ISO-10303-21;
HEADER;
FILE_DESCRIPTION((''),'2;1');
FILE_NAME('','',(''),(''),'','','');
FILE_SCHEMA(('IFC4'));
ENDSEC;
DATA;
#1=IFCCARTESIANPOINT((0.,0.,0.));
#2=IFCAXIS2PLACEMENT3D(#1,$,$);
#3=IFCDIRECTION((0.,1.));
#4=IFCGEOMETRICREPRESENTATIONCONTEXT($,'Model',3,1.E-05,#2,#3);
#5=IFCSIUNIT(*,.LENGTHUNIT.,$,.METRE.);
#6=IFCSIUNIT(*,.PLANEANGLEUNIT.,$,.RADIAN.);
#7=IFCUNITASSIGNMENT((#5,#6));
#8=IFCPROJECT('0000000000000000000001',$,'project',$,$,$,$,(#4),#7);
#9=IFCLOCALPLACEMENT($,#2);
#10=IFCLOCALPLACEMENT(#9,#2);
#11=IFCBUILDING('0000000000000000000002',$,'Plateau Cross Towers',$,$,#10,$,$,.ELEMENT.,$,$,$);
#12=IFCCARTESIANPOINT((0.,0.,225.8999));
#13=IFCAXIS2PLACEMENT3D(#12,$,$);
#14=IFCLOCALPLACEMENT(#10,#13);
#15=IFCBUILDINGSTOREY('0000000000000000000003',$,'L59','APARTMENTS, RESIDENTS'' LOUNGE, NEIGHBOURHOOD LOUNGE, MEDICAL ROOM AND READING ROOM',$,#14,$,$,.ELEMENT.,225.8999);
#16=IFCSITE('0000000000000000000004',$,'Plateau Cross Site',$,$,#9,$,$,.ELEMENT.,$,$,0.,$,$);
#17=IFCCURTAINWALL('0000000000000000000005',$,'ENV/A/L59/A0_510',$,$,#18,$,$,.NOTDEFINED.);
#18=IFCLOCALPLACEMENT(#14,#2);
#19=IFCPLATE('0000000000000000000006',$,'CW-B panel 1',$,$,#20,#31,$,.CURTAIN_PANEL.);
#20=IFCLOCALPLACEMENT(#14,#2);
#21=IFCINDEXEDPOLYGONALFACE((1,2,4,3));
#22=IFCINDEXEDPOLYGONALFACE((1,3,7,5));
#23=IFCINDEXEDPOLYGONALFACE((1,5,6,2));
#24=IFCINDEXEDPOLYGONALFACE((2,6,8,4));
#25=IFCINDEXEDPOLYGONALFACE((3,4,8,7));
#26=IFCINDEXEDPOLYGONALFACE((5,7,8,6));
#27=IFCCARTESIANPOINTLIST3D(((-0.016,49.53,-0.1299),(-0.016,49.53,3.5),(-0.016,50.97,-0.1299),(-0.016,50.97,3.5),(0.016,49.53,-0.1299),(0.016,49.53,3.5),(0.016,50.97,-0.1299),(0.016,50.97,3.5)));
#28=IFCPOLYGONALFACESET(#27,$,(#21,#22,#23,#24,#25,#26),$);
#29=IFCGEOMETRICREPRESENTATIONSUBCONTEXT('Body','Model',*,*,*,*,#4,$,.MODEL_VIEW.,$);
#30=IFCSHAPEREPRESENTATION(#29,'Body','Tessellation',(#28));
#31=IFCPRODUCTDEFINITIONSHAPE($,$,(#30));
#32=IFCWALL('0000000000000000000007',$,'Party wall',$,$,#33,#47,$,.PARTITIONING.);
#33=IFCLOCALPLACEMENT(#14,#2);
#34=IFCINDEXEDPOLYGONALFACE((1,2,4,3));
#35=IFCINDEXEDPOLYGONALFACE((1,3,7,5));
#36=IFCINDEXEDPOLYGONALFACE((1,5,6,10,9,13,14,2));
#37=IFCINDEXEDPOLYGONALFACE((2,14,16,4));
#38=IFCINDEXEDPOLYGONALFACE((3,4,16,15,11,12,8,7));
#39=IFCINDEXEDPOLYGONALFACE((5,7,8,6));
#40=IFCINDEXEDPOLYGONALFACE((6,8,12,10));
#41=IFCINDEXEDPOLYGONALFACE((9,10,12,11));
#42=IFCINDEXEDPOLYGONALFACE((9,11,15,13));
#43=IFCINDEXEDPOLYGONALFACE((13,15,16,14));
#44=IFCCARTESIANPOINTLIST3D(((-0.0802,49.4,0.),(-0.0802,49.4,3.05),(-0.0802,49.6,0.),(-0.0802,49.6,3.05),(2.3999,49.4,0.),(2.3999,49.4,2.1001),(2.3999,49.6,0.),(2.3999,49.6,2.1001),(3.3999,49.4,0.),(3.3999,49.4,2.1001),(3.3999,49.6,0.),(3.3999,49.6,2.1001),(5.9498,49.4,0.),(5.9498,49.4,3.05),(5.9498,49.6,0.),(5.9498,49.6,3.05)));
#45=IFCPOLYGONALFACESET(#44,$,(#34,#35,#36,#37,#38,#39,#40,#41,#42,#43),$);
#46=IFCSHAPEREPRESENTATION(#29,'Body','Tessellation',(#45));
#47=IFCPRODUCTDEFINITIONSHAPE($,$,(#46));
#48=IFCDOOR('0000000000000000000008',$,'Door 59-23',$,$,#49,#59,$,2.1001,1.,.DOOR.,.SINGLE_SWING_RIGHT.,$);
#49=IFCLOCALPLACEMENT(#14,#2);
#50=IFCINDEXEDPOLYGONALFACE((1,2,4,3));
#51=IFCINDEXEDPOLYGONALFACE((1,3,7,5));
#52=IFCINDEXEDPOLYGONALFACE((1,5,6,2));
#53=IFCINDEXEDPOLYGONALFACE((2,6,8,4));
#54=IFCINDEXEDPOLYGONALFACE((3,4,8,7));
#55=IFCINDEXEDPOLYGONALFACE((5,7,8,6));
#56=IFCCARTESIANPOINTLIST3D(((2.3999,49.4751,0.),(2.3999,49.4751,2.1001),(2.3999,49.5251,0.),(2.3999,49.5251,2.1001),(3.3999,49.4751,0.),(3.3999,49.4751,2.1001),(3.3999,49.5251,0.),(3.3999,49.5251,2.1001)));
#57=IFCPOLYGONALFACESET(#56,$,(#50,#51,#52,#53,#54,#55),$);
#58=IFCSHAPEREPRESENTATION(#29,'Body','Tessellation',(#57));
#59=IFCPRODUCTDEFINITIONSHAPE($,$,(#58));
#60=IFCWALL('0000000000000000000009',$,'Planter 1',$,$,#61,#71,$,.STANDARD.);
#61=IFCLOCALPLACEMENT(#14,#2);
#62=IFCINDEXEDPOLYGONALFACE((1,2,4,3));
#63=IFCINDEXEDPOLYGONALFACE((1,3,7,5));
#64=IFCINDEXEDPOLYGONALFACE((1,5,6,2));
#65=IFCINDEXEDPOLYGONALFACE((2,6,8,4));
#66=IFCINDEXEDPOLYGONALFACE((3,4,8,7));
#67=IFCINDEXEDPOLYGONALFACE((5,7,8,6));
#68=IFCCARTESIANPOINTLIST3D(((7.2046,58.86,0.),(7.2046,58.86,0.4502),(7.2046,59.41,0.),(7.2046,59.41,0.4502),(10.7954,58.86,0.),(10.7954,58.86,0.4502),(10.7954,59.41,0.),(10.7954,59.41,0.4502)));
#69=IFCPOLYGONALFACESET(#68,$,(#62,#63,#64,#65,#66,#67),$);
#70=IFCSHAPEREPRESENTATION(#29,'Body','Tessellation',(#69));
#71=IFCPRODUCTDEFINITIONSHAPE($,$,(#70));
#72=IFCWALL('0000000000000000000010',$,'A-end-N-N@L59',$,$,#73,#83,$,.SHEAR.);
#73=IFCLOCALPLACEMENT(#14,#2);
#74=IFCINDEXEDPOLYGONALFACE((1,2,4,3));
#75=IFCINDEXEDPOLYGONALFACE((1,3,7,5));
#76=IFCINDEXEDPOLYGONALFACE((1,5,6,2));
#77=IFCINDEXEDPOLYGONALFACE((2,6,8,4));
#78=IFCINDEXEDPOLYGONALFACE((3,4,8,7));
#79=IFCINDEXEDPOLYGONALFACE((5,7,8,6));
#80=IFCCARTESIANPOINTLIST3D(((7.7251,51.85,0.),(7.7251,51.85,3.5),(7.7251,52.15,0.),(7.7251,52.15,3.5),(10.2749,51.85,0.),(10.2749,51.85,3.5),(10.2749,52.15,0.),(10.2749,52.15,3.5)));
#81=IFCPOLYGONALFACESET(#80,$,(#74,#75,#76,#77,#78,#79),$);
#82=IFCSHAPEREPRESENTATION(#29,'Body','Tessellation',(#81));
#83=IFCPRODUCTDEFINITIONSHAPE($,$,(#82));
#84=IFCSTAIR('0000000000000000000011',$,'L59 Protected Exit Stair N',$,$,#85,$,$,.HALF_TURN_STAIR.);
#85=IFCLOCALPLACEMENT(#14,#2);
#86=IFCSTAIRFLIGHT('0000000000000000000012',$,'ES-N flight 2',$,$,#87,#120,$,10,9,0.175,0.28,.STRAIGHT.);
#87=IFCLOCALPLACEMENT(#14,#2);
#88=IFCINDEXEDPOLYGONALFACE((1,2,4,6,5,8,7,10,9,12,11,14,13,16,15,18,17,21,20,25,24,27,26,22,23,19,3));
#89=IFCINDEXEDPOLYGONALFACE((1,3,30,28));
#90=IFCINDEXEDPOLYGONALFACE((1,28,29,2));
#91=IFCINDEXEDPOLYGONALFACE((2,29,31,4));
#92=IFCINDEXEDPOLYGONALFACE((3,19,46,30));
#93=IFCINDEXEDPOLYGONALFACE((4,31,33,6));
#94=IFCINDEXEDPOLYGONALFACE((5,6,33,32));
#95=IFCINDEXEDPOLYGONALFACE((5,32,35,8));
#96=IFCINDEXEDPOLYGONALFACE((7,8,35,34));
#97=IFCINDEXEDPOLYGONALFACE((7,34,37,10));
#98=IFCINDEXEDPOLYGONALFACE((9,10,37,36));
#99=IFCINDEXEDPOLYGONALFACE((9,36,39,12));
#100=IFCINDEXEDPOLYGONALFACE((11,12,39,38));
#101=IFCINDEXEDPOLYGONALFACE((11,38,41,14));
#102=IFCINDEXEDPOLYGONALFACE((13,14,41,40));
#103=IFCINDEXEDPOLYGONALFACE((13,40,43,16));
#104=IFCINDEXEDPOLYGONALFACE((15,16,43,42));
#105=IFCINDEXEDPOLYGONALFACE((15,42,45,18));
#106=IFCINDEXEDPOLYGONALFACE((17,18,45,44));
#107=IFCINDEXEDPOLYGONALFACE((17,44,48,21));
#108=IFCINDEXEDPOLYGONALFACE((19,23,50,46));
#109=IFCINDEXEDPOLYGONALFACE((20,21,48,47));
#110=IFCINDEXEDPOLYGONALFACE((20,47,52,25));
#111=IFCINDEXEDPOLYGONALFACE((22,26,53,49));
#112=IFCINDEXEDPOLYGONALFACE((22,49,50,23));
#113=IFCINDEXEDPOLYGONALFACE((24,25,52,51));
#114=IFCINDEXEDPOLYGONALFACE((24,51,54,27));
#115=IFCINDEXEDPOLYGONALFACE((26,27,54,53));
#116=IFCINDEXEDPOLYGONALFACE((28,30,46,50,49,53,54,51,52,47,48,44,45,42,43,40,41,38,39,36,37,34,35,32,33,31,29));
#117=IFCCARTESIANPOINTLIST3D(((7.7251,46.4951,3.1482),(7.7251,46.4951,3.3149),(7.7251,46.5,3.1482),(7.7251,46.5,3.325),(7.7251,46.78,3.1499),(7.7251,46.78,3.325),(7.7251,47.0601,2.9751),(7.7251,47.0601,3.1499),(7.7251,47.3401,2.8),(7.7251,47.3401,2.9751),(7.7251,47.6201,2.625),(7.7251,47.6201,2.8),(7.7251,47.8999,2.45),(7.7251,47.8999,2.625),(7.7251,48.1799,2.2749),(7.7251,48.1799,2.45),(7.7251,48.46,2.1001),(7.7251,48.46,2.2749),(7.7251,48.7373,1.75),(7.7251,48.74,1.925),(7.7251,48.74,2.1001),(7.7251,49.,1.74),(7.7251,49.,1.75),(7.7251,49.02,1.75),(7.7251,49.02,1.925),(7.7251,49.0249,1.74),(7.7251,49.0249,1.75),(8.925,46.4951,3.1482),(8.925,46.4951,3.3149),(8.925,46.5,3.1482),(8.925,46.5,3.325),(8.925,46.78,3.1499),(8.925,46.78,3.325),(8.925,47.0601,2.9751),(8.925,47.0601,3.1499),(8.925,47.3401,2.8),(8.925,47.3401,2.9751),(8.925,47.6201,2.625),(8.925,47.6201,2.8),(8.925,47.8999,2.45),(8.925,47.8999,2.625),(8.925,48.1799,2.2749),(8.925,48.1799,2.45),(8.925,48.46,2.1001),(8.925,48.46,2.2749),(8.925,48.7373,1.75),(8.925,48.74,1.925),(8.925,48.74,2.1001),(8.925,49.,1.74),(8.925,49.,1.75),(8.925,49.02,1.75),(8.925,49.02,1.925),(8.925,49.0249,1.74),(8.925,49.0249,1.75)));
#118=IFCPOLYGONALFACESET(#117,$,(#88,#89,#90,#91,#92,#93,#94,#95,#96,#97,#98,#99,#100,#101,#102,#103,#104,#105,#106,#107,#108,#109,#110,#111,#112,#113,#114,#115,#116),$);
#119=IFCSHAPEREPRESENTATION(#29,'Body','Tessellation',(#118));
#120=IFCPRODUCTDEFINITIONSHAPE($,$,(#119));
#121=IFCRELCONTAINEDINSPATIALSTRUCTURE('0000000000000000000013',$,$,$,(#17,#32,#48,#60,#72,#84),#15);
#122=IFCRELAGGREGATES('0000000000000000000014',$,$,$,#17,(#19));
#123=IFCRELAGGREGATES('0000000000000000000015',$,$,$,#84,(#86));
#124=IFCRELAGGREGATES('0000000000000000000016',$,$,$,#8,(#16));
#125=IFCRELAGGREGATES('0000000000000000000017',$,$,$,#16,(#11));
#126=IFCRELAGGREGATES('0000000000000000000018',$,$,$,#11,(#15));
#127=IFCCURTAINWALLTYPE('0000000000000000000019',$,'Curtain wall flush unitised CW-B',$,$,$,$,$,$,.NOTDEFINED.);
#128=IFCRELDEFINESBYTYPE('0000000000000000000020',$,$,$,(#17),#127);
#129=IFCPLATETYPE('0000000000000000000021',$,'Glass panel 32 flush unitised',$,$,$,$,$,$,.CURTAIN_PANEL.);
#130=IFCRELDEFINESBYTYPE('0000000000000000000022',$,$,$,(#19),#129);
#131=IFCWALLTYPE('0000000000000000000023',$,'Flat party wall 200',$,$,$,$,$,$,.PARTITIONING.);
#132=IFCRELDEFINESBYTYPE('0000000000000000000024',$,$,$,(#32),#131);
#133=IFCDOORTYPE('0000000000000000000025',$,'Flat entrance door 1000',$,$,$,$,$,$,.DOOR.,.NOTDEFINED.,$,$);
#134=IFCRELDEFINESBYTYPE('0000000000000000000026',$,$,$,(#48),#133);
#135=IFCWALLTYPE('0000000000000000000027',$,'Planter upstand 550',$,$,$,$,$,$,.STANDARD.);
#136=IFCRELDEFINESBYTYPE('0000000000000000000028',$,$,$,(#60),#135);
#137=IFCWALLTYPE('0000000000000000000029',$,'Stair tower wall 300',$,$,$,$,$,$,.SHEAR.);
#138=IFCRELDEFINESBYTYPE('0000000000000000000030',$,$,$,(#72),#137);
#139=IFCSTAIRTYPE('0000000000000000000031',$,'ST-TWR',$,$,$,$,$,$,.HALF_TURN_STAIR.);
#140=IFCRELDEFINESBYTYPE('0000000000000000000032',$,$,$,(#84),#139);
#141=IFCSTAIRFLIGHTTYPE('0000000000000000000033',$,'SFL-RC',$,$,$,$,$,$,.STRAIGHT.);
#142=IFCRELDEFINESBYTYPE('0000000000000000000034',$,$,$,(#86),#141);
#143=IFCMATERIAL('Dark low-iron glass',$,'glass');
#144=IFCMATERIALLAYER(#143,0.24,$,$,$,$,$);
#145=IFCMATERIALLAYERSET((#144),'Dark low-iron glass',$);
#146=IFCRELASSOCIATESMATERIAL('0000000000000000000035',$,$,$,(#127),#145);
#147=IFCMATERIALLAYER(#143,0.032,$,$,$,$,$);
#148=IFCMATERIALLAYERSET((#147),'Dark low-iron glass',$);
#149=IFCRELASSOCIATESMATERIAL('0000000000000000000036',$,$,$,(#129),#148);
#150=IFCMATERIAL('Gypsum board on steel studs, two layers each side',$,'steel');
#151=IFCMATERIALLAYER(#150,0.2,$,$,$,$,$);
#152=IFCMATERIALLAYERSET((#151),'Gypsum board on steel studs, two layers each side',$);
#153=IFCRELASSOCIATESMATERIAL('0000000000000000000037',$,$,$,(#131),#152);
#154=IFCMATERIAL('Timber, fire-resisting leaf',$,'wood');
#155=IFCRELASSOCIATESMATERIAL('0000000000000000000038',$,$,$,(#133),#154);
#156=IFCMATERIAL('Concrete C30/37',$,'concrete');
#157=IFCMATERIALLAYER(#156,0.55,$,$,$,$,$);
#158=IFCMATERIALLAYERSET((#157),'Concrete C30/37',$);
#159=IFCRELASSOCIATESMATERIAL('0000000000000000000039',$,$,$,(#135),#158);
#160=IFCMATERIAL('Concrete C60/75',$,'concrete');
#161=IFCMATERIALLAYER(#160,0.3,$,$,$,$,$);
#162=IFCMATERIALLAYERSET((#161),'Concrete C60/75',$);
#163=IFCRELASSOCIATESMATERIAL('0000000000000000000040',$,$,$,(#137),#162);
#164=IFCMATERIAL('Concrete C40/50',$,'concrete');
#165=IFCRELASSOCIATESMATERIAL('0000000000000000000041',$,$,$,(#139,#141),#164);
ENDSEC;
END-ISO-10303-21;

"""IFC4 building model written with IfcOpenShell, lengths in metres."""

from ifc_helpers import new_model, si_unit, direction, frame, frame_2d, origin, origin_2d, place, context, subcontext, project, spatial, polyline, rectangle, outline, extrude, material, layer, layer_set, type_object, element, fill, aggregate, save


model = new_model("IFC4")

# Units and contexts
model_context = context("Model", 3, precision=1e-05, world=origin(), true_north=direction((0.0, 1.0)))
body_context = subcontext(model_context, "Body", "Model", "MODEL_VIEW")
ifc_project = project(units=[si_unit("LENGTHUNIT", "METRE"), si_unit("PLANEANGLEUNIT", "RADIAN")], contexts=[model_context])

# Site, building, storey
site_placement = place(None, origin())
site = spatial("IfcSite", under=ifc_project, at=site_placement, Name="Plateau Cross Site", CompositionType="ELEMENT", RefElevation=0.0)
building_placement = place(site_placement, origin())
building = spatial("IfcBuilding", under=site, at=building_placement, Name="Plateau Cross Towers", CompositionType="ELEMENT")
storey_placement = place(building_placement, frame((0.0, 0.0, 225.8999)))
storey = spatial("IfcBuildingStorey", under=building, at=storey_placement, Name="L59", Description="APARTMENTS, RESIDENTS' LOUNGE, NEIGHBOURHOOD LOUNGE, MEDICAL ROOM AND READING ROOM", CompositionType="ELEMENT", Elevation=225.8999)

# Shared definitions
ifc_material_1 = material(Name="Concrete C60/75", Category="concrete")

# Shared definitions
ifc_material_2 = material(Name="Dark low-iron glass", Category="glass")
ifc_layer_1 = layer(ifc_material_2, 0.24)
ifc_layer_set_1 = layer_set([ifc_layer_1], Name="Dark low-iron glass")
curtain_wall_type = type_object("IfcCurtainWallType", Name="Curtain wall flush unitised CW-B", PredefinedType="NOTDEFINED", material=ifc_layer_set_1)

# Curtain wall
curtain_wall_1_placement = place(storey_placement, origin())
curtain_wall_1 = element("IfcCurtainWall", 1, at=curtain_wall_1_placement, inside=storey, type_object=curtain_wall_type, Name="ENV/A/L59/A0_510", PredefinedType="NOTDEFINED")

# Plate
ifc_layer_2 = layer(ifc_material_2, 0.032)
ifc_layer_set_2 = layer_set([ifc_layer_2], Name="Dark low-iron glass")
plate_type = type_object("IfcPlateType", Name="Glass panel 32 flush unitised", PredefinedType="CURTAIN_PANEL", material=ifc_layer_set_2)
plate_1_placement = place(storey_placement, frame((0.0, 50.25, -0.1299), z_axis=(0.0, 0.0, 1.0), x_axis=(0.0, -1.0, 0.0)))
plate_1 = element("IfcPlate", 2, at=plate_1_placement, type_object=plate_type, Name="CW-B panel 1", PredefinedType="CURTAIN_PANEL", context=body_context, shape_type="SweptSolid", body=[
    extrude(rectangle(XDim=1.4399, YDim=0.032, at=origin_2d()), origin(), (0.0, 0.0, 1.0), 3.6299),
])
aggregate(curtain_wall_1, [plate_1])

# Wall, opening, door
ifc_material_3 = material(Name="Gypsum board on steel studs, two layers each side", Category="steel")
ifc_layer_3 = layer(ifc_material_3, 0.2)
ifc_layer_set_3 = layer_set([ifc_layer_3], Name="Gypsum board on steel studs, two layers each side")
wall_type_1 = type_object("IfcWallType", Name="Flat party wall 200", PredefinedType="PARTITIONING", material=ifc_layer_set_3)
wall_1_placement = place(storey_placement, frame((5.95, 49.5, 0.0), z_axis=(0.0, 0.0, 1.0), x_axis=(-1.0, 0.0, 0.0)))
wall_1 = element("IfcWall", 3, at=wall_1_placement, inside=storey, type_object=wall_type_1, Name="Party wall", PredefinedType="PARTITIONING", context=body_context, shape_type="SweptSolid", body=[
    extrude(rectangle(XDim=6.03, YDim=0.2, at=frame_2d((3.0151, 0.0))), origin(), (0.0, 0.0, 1.0), 3.05),
])
opening_1_placement = place(wall_1_placement, frame((2.55, 0.0, 0.0)))
opening_1 = element("IfcOpeningElement", 4, at=opening_1_placement, cuts=wall_1, PredefinedType="OPENING", context=body_context, shape_type="SweptSolid", body=[
    extrude(rectangle(XDim=1.0, YDim=2.1001, at=frame_2d((0.5, 1.05))), frame((0.0, 0.1099, 0.0), z_axis=(0.0, -1.0, 0.0), x_axis=(1.0, 0.0, 0.0)), (0.0, 0.0, 1.0), 0.22),
])
ifc_material_4 = material(Name="Timber, fire-resisting leaf", Category="wood")
door_type_1 = type_object("IfcDoorType", Name="Flat entrance door 1000", OperationType="NOTDEFINED", PredefinedType="DOOR", material=ifc_material_4)
door_1_placement = place(opening_1_placement, origin())
door_1 = element("IfcDoor", 5, at=door_1_placement, inside=storey, type_object=door_type_1, Name="Door 59-23", OperationType="SINGLE_SWING_RIGHT", OverallHeight=2.1001, OverallWidth=1.0, PredefinedType="DOOR", context=body_context, shape_type="SweptSolid", body=[
    extrude(rectangle(XDim=1.0, YDim=2.1001, at=frame_2d((0.5, 1.05))), frame((0.0, 0.0249, 0.0), z_axis=(0.0, -1.0, 0.0), x_axis=(1.0, 0.0, 0.0)), (0.0, 0.0, 1.0), 0.05),
])
fill(opening_1, door_1)

# Walls
ifc_material_5 = material(Name="Concrete C30/37", Category="concrete")
ifc_layer_4 = layer(ifc_material_5, 0.55)
ifc_layer_set_4 = layer_set([ifc_layer_4], Name="Concrete C30/37")
wall_type_2 = type_object("IfcWallType", Name="Planter upstand 550", PredefinedType="STANDARD", material=ifc_layer_set_4)
wall_2_placement = place(storey_placement, frame((7.2046, 59.135, 0.0), z_axis=(0.0, 0.0, 1.0), x_axis=(1.0, 0.0, 0.0)))
element("IfcWall", 6, at=wall_2_placement, inside=storey, type_object=wall_type_2, Name="Planter 1", PredefinedType="STANDARD", context=body_context, shape_type="SweptSolid", body=[
    extrude(rectangle(XDim=3.5908, YDim=0.55, at=frame_2d((1.7954, 0.0))), origin(), (0.0, 0.0, 1.0), 0.4502),
])
ifc_layer_5 = layer(ifc_material_1, 0.3)
ifc_layer_set_5 = layer_set([ifc_layer_5], Name="Concrete C60/75")
wall_type_3 = type_object("IfcWallType", Name="Stair tower wall 300", PredefinedType="SHEAR", material=ifc_layer_set_5)
wall_3_placement = place(storey_placement, frame((7.7251, 52.0, 0.0), z_axis=(0.0, 0.0, 1.0), x_axis=(1.0, 0.0, 0.0)))
element("IfcWall", 7, at=wall_3_placement, inside=storey, type_object=wall_type_3, Name="A-end-N-N@L59", PredefinedType="SHEAR", context=body_context, shape_type="SweptSolid", body=[
    extrude(rectangle(XDim=2.5498, YDim=0.3, at=frame_2d((1.2749, 0.0))), origin(), (0.0, 0.0, 1.0), 3.5),
])

# Stair, stair flight
ifc_material_6 = material(Name="Concrete C40/50", Category="concrete")
stair_type = type_object("IfcStairType", Name="ST-TWR", PredefinedType="HALF_TURN_STAIR", material=ifc_material_6)
stair_placement = place(storey_placement, origin())
stair = element("IfcStair", 8, at=stair_placement, inside=storey, type_object=stair_type, Name="L59 Protected Exit Stair N", PredefinedType="HALF_TURN_STAIR")
stair_flight_type = type_object("IfcStairFlightType", Name="SFL-RC", PredefinedType="STRAIGHT", material=ifc_material_6)
stair_flight_placement = place(storey_placement, frame((8.325, 49.02, 1.75), z_axis=(0.0, 0.0, 1.0), x_axis=(0.0, -1.0, 0.0)))
stair_flight = element("IfcStairFlight", 9, at=stair_flight_placement, type_object=stair_flight_type, Name="ES-N flight 2", NumberOfRisers=10, NumberOfTreads=9, PredefinedType="STRAIGHT", RiserHeight=0.175, TreadLength=0.28, context=body_context, shape_type="SweptSolid", body=[
    extrude(outline(polyline([(-0.0049, -0.01), (-0.0049, 0.0), (0.0, 0.0), (0.0, 0.175), (0.28, 0.175), (0.28, 0.3501), (0.5601, 0.3501), (0.5601, 0.5249), (0.8401, 0.5249), (0.8401, 0.7), (1.1201, 0.7), (1.1201, 0.875), (1.3999, 0.875), (1.3999, 1.05), (1.6799, 1.05), (1.6799, 1.2251), (1.96, 1.2251), (1.96, 1.3999), (2.24, 1.3999), (2.24, 1.575), (2.52, 1.575), (2.5249, 1.5649), (2.5249, 1.3982), (2.52, 1.3982), (0.2827, 0.0), (0.02, 0.0), (0.02, -0.01), (-0.0049, -0.01)])), frame((0.0, 0.6001, 0.0), z_axis=(0.0, -1.0, 0.0), x_axis=(1.0, 0.0, 0.0)), (0.0, 0.0, 1.0), 1.2),
])
aggregate(stair, [stair_flight])

save(model, "model.ifc")
